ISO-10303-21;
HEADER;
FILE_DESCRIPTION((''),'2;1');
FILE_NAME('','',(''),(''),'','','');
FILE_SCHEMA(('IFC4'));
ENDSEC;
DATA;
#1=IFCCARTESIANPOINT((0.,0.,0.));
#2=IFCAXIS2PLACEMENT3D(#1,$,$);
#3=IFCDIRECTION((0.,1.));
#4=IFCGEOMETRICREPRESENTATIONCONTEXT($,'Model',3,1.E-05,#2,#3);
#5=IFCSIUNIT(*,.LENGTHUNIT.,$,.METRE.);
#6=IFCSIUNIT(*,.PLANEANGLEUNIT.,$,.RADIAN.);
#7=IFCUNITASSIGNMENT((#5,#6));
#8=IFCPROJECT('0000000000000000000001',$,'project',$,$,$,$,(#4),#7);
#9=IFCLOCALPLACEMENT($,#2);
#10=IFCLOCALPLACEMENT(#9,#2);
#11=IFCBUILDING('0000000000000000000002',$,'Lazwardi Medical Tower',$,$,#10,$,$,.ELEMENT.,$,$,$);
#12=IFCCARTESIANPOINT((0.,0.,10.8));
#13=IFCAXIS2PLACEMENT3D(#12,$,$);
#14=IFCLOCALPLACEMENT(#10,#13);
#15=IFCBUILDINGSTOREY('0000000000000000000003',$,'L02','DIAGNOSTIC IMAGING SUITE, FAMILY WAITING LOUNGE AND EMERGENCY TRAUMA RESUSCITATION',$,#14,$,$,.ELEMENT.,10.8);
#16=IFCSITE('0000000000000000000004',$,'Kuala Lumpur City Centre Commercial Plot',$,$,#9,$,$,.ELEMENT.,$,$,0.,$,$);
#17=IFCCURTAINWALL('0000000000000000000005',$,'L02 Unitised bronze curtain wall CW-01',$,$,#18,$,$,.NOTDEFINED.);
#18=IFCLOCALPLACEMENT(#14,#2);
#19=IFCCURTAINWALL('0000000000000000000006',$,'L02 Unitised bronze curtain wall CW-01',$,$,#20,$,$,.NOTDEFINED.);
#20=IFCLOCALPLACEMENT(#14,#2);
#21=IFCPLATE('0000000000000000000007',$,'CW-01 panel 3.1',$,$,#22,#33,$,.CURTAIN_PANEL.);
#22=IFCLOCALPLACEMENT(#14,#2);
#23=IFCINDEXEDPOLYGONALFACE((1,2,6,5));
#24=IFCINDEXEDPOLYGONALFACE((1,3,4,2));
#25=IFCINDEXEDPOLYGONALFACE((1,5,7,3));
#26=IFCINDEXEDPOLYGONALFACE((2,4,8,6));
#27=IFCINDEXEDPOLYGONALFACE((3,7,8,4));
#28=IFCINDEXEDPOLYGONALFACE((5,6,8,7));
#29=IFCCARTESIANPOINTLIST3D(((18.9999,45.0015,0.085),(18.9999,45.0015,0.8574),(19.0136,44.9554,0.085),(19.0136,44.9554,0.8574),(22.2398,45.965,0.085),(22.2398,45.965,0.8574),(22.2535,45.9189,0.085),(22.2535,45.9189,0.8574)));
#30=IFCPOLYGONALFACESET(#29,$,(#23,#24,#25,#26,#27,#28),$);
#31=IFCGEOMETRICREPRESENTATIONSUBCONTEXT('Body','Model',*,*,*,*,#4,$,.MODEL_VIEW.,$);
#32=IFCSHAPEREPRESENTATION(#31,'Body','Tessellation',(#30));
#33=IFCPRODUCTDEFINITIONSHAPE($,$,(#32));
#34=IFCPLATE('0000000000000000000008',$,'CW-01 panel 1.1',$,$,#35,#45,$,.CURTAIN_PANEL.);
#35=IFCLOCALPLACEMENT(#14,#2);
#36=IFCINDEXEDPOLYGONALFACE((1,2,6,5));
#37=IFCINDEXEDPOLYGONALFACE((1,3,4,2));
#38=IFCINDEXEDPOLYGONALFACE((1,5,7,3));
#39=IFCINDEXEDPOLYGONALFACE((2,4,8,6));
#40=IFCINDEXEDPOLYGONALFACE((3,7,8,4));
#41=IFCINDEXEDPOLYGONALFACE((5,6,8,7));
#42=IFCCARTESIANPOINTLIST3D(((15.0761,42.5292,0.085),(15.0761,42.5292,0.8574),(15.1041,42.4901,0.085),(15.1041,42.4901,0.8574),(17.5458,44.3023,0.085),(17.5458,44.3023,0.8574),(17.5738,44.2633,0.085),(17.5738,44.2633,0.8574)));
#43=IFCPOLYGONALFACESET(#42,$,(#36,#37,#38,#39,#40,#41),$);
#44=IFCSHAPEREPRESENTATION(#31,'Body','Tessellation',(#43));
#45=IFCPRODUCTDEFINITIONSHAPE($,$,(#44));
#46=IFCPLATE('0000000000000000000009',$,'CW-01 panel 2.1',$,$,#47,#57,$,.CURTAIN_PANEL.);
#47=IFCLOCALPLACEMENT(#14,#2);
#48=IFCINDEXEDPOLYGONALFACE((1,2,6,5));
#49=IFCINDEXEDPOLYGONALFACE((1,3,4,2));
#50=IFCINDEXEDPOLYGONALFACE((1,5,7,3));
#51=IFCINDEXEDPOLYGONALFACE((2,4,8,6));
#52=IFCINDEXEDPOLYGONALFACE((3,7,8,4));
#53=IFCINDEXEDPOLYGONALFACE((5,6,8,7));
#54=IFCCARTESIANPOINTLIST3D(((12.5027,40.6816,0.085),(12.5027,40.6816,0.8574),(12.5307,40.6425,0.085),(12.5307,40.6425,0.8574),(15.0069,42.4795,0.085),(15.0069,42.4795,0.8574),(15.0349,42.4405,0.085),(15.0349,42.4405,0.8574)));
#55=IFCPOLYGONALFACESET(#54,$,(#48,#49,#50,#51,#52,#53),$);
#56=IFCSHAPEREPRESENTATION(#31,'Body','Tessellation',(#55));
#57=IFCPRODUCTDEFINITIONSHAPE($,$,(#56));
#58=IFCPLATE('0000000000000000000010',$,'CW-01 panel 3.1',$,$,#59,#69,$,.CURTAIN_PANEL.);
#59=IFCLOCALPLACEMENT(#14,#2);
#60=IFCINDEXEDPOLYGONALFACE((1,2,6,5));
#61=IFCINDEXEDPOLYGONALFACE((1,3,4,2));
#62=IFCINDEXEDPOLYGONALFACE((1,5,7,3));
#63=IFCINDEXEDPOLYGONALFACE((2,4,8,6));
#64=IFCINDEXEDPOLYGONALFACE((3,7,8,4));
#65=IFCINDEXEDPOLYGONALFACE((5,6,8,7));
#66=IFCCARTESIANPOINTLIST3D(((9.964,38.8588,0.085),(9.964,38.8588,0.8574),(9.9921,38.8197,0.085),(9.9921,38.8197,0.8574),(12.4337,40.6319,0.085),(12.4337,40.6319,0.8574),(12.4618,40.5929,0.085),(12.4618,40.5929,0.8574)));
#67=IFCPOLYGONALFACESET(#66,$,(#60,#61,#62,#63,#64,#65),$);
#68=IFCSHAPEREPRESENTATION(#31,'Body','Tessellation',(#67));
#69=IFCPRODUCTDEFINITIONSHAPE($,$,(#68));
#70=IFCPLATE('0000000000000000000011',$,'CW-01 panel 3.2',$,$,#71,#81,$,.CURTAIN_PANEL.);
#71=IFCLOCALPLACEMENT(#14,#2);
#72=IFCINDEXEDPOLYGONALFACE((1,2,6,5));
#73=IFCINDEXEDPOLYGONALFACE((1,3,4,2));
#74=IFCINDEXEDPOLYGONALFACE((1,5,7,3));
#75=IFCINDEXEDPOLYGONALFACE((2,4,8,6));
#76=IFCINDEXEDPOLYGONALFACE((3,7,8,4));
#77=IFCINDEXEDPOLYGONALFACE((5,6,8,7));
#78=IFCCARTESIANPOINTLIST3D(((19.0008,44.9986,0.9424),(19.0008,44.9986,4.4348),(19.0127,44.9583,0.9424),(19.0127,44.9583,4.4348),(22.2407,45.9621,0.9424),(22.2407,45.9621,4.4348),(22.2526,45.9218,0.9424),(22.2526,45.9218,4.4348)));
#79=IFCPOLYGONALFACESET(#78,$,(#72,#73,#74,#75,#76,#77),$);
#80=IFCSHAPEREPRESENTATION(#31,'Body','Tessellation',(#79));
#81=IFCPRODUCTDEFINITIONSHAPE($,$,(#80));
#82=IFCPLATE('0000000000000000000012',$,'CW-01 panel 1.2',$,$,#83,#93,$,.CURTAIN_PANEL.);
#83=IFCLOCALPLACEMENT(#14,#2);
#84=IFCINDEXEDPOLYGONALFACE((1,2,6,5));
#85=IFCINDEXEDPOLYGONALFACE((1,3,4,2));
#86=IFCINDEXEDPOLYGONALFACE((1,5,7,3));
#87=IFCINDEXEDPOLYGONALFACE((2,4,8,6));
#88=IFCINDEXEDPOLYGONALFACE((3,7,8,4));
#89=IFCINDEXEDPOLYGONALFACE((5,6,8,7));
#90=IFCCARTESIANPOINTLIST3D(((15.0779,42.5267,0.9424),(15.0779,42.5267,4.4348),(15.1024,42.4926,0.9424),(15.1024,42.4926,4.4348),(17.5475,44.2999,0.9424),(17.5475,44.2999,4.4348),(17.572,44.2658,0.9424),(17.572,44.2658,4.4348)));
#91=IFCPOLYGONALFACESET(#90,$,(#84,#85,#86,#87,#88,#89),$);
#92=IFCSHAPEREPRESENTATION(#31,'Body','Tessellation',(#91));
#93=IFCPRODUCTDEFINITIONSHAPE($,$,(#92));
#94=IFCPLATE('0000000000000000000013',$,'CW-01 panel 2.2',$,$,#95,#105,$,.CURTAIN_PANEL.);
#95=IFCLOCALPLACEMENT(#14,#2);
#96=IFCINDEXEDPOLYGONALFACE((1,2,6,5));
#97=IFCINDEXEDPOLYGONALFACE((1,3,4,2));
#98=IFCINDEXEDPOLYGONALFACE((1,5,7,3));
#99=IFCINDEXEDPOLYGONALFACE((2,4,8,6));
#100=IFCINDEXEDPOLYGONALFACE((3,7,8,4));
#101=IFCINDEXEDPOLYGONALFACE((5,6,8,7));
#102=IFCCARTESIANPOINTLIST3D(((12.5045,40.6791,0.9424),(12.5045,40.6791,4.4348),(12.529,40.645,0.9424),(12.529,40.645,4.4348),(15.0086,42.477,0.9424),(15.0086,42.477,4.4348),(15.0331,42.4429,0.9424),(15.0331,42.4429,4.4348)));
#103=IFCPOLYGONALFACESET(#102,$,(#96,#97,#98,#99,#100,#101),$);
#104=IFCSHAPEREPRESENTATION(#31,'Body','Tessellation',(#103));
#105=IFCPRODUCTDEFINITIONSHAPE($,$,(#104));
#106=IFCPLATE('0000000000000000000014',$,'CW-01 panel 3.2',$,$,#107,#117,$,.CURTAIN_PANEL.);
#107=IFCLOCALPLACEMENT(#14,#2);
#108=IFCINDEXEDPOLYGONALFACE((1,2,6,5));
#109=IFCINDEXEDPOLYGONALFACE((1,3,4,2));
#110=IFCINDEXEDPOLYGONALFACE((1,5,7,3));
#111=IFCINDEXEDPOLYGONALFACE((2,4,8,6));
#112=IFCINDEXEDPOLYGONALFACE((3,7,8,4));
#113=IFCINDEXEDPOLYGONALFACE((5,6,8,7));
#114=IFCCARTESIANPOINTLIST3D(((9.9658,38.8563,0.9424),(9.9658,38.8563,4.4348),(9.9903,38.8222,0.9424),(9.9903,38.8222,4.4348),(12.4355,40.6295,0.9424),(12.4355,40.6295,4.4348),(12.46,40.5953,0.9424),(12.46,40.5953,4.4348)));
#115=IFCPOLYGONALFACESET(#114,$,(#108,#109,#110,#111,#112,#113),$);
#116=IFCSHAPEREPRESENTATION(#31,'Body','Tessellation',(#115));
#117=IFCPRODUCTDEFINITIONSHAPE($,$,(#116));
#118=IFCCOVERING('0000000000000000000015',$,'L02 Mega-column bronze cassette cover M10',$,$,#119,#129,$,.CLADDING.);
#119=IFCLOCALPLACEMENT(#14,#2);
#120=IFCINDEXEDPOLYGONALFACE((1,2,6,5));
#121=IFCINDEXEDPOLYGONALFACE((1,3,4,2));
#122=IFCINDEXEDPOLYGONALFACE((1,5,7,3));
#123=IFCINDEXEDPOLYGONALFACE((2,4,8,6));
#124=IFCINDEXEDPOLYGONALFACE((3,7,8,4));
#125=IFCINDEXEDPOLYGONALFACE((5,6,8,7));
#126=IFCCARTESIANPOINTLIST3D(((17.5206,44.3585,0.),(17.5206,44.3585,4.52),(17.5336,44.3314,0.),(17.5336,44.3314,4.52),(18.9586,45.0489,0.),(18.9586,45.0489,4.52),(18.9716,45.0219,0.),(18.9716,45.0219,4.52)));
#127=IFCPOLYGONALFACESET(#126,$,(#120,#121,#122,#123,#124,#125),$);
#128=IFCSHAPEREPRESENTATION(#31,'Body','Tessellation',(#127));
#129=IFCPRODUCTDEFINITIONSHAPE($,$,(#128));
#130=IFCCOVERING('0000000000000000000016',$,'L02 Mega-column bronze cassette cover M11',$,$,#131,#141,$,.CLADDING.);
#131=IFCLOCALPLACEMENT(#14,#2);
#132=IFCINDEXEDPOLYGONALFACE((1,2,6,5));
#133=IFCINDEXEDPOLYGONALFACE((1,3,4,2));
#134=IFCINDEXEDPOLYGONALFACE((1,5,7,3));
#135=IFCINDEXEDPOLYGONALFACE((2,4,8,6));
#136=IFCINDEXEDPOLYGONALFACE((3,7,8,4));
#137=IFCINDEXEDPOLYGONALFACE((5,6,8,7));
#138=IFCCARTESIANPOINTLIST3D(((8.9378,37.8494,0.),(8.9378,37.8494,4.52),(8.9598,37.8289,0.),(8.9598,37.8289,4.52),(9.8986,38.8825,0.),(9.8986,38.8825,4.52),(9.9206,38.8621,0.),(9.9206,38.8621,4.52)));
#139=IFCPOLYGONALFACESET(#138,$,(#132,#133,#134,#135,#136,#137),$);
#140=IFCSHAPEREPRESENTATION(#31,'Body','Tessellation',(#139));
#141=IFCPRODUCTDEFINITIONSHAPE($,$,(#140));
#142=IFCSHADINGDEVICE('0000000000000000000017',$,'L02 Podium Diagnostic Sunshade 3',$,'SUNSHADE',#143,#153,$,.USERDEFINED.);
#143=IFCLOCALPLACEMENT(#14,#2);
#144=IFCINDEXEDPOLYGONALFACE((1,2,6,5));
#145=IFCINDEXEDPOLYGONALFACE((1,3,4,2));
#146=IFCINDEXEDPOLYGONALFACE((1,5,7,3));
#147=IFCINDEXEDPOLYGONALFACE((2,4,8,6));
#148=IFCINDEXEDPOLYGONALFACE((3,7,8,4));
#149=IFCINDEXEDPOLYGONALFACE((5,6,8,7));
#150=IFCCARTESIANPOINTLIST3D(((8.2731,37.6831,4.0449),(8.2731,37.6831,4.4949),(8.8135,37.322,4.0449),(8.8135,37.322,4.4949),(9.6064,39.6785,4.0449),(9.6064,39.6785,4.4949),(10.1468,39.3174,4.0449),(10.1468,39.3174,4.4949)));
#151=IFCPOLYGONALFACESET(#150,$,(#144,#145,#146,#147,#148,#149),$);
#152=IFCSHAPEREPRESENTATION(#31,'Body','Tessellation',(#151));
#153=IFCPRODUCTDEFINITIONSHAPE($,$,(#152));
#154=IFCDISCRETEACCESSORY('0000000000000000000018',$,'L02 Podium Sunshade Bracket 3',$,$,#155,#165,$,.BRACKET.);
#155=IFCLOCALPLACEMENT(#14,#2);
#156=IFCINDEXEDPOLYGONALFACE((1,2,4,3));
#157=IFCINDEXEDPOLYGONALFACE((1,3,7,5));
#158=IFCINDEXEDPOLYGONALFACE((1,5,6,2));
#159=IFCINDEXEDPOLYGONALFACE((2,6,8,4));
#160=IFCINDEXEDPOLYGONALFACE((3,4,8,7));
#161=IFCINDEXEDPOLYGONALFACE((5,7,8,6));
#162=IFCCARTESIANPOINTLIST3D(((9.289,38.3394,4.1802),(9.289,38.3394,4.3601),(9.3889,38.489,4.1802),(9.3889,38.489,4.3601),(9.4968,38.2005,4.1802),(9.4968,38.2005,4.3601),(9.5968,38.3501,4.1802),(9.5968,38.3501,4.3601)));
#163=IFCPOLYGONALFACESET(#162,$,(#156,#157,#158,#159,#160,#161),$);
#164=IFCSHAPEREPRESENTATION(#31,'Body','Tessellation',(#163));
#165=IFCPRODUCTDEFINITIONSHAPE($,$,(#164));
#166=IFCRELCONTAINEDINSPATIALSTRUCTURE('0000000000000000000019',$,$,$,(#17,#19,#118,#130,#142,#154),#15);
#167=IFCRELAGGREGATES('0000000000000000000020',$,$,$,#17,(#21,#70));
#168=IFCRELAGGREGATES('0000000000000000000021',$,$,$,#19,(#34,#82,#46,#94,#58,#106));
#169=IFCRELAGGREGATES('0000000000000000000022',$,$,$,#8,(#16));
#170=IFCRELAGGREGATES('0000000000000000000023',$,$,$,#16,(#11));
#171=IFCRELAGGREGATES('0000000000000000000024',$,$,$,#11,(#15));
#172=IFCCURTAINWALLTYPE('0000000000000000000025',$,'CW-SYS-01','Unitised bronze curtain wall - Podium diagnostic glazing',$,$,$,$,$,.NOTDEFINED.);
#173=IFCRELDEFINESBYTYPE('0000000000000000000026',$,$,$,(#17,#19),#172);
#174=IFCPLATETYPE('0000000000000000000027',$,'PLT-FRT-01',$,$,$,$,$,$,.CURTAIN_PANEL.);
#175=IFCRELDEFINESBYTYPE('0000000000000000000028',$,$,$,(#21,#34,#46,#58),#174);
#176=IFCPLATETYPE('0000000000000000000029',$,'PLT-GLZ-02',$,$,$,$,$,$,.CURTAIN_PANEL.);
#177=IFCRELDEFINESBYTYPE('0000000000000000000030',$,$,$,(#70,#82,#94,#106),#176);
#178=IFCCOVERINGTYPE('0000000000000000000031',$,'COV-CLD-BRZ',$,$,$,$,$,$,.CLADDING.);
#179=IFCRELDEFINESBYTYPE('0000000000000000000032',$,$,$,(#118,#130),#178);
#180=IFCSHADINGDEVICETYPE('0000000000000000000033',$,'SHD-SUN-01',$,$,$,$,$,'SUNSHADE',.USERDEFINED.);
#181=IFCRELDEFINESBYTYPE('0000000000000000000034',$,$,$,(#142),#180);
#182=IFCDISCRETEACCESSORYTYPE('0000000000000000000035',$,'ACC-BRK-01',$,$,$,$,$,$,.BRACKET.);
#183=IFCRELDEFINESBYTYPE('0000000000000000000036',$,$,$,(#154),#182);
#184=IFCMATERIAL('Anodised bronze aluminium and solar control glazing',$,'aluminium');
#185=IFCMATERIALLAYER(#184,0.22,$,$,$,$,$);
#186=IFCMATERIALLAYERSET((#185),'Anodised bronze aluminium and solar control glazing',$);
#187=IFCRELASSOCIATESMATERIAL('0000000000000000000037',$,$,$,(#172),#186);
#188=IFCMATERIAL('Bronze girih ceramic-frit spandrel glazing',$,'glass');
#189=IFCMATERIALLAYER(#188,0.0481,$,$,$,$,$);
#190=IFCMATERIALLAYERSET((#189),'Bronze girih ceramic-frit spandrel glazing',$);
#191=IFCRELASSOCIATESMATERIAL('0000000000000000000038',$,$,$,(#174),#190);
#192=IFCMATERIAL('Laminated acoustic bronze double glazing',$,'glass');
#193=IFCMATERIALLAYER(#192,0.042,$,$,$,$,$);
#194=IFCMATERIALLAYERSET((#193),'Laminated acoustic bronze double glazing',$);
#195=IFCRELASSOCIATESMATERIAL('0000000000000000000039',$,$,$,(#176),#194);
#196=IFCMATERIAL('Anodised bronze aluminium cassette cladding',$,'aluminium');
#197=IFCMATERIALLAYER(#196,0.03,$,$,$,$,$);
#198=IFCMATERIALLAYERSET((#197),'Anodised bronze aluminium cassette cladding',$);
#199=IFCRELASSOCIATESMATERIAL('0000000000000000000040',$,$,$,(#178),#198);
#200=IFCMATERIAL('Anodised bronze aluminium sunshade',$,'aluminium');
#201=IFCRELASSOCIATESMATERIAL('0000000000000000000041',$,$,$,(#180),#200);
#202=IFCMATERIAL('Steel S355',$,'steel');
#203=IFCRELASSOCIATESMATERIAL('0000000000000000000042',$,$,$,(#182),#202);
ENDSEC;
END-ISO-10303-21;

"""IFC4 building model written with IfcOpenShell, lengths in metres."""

from ifc_helpers import new_model, si_unit, direction, frame, origin, origin_2d, place, context, subcontext, project, spatial, rectangle, extrude, material, layer, layer_set, type_object, element, aggregate, save


model = new_model("IFC4")

# Units and contexts
model_context = context("Model", 3, precision=1e-05, world=origin(), true_north=direction((0.0, 1.0)))
body_context = subcontext(model_context, "Body", "Model", "MODEL_VIEW")
ifc_project = project(units=[si_unit("LENGTHUNIT", "METRE"), si_unit("PLANEANGLEUNIT", "RADIAN")], contexts=[model_context])

# Site, building, storey
site_placement = place(None, origin())
site = spatial("IfcSite", under=ifc_project, at=site_placement, Name="Kuala Lumpur City Centre Commercial Plot", CompositionType="ELEMENT", RefElevation=0.0)
building_placement = place(site_placement, origin())
building = spatial("IfcBuilding", under=site, at=building_placement, Name="Lazwardi Medical Tower", CompositionType="ELEMENT")
storey_placement = place(building_placement, frame((0.0, 0.0, 10.8)))
storey = spatial("IfcBuildingStorey", under=building, at=storey_placement, Name="L02", Description="DIAGNOSTIC IMAGING SUITE, FAMILY WAITING LOUNGE AND EMERGENCY TRAUMA RESUSCITATION", CompositionType="ELEMENT", Elevation=10.8)

# Shared definitions
ifc_material_1 = material(Name="Steel S355", Category="steel")

# Curtain wall
ifc_material_2 = material(Name="Anodised bronze aluminium and solar control glazing", Category="aluminium")
ifc_layer_1 = layer(ifc_material_2, 0.22)
ifc_layer_set_1 = layer_set([ifc_layer_1], Name="Anodised bronze aluminium and solar control glazing")
curtain_wall_type = type_object("IfcCurtainWallType", Name="CW-SYS-01", Description="Unitised bronze curtain wall - Podium diagnostic glazing", PredefinedType="NOTDEFINED", material=ifc_layer_set_1)
curtain_wall_1_placement = place(storey_placement, origin())
curtain_wall_1 = element("IfcCurtainWall", 1, at=curtain_wall_1_placement, inside=storey, type_object=curtain_wall_type, Name="L02 Unitised bronze curtain wall CW-01", PredefinedType="NOTDEFINED")

# Curtain wall
curtain_wall_2_placement = place(storey_placement, origin())
curtain_wall_2 = element("IfcCurtainWall", 2, at=curtain_wall_2_placement, inside=storey, type_object=curtain_wall_type, Name="L02 Unitised bronze curtain wall CW-01", PredefinedType="NOTDEFINED")

# Plates
ifc_material_3 = material(Name="Bronze girih ceramic-frit spandrel glazing", Category="glass")
ifc_layer_2 = layer(ifc_material_3, 0.0481)
ifc_layer_set_2 = layer_set([ifc_layer_2], Name="Bronze girih ceramic-frit spandrel glazing")
plate_type_1 = type_object("IfcPlateType", Name="PLT-FRT-01", PredefinedType="CURTAIN_PANEL", material=ifc_layer_set_2)
plate_1_placement = place(storey_placement, frame((20.6267, 45.4602, 0.085), z_axis=(0.0, 0.0, 1.0), x_axis=(-0.958513, -0.285047, 0.0)))
plate_1 = element("IfcPlate", 3, at=plate_1_placement, type_object=plate_type_1, Name="CW-01 panel 3.1", PredefinedType="CURTAIN_PANEL", context=body_context, shape_type="SweptSolid", body=[
    extrude(rectangle(XDim=3.3801, YDim=0.0481, at=origin_2d()), origin(), (0.0, 0.0, 1.0), 0.7725),
])
plate_2_placement = place(storey_placement, frame((16.325, 43.3962, 0.085), z_axis=(0.0, 0.0, 1.0), x_axis=(-0.812318, -0.583214, 0.0)))
plate_2 = element("IfcPlate", 4, at=plate_2_placement, type_object=plate_type_1, Name="CW-01 panel 1.1", PredefinedType="CURTAIN_PANEL", context=body_context, shape_type="SweptSolid", body=[
    extrude(rectangle(XDim=3.0403, YDim=0.0481, at=origin_2d()), origin(), (0.0, 0.0, 1.0), 0.7725),
])
plate_3_placement = place(storey_placement, frame((13.7688, 41.561, 0.085), z_axis=(0.0, 0.0, 1.0), x_axis=(-0.812318, -0.583214, 0.0)))
plate_3 = element("IfcPlate", 5, at=plate_3_placement, type_object=plate_type_1, Name="CW-01 panel 2.1", PredefinedType="CURTAIN_PANEL", context=body_context, shape_type="SweptSolid", body=[
    extrude(rectangle(XDim=3.0828, YDim=0.0481, at=origin_2d()), origin(), (0.0, 0.0, 1.0), 0.7725),
])
plate_4_placement = place(storey_placement, frame((11.2129, 39.7258, 0.085), z_axis=(0.0, 0.0, 1.0), x_axis=(-0.812318, -0.583214, 0.0)))
plate_4 = element("IfcPlate", 6, at=plate_4_placement, type_object=plate_type_1, Name="CW-01 panel 3.1", PredefinedType="CURTAIN_PANEL", context=body_context, shape_type="SweptSolid", body=[
    extrude(rectangle(XDim=3.0403, YDim=0.0481, at=origin_2d()), origin(), (0.0, 0.0, 1.0), 0.7725),
])
ifc_material_4 = material(Name="Laminated acoustic bronze double glazing", Category="glass")
ifc_layer_3 = layer(ifc_material_4, 0.042)
ifc_layer_set_3 = layer_set([ifc_layer_3], Name="Laminated acoustic bronze double glazing")
plate_type_2 = type_object("IfcPlateType", Name="PLT-GLZ-02", PredefinedType="CURTAIN_PANEL", material=ifc_layer_set_3)
plate_5_placement = place(storey_placement, frame((20.6267, 45.4602, 0.9424), z_axis=(0.0, 0.0, 1.0), x_axis=(-0.958513, -0.285047, 0.0)))
plate_5 = element("IfcPlate", 7, at=plate_5_placement, type_object=plate_type_2, Name="CW-01 panel 3.2", PredefinedType="CURTAIN_PANEL", context=body_context, shape_type="SweptSolid", body=[
    extrude(rectangle(XDim=3.3801, YDim=0.042, at=origin_2d()), origin(), (0.0, 0.0, 1.0), 3.4924),
])
aggregate(curtain_wall_1, [plate_1, plate_5])
plate_6_placement = place(storey_placement, frame((16.325, 43.3962, 0.9424), z_axis=(0.0, 0.0, 1.0), x_axis=(-0.812318, -0.583214, 0.0)))
plate_6 = element("IfcPlate", 8, at=plate_6_placement, type_object=plate_type_2, Name="CW-01 panel 1.2", PredefinedType="CURTAIN_PANEL", context=body_context, shape_type="SweptSolid", body=[
    extrude(rectangle(XDim=3.0403, YDim=0.042, at=origin_2d()), origin(), (0.0, 0.0, 1.0), 3.4924),
])
plate_7_placement = place(storey_placement, frame((13.7688, 41.561, 0.9424), z_axis=(0.0, 0.0, 1.0), x_axis=(-0.812318, -0.583214, 0.0)))
plate_7 = element("IfcPlate", 9, at=plate_7_placement, type_object=plate_type_2, Name="CW-01 panel 2.2", PredefinedType="CURTAIN_PANEL", context=body_context, shape_type="SweptSolid", body=[
    extrude(rectangle(XDim=3.0828, YDim=0.042, at=origin_2d()), origin(), (0.0, 0.0, 1.0), 3.4924),
])
plate_8_placement = place(storey_placement, frame((11.2129, 39.7258, 0.9424), z_axis=(0.0, 0.0, 1.0), x_axis=(-0.812318, -0.583214, 0.0)))
plate_8 = element("IfcPlate", 10, at=plate_8_placement, type_object=plate_type_2, Name="CW-01 panel 3.2", PredefinedType="CURTAIN_PANEL", context=body_context, shape_type="SweptSolid", body=[
    extrude(rectangle(XDim=3.0403, YDim=0.042, at=origin_2d()), origin(), (0.0, 0.0, 1.0), 3.4924),
])
aggregate(curtain_wall_2, [plate_2, plate_6, plate_3, plate_7, plate_4, plate_8])

# Coverings
ifc_material_5 = material(Name="Anodised bronze aluminium cassette cladding", Category="aluminium")
ifc_layer_4 = layer(ifc_material_5, 0.03)
ifc_layer_set_4 = layer_set([ifc_layer_4], Name="Anodised bronze aluminium cassette cladding")
covering_type = type_object("IfcCoveringType", Name="COV-CLD-BRZ", PredefinedType="CLADDING", material=ifc_layer_set_4)
covering_1_placement = place(storey_placement, frame((18.2461, 44.6902, 0.0), z_axis=(0.0, 0.0, 1.0), x_axis=(-0.901484, -0.432813, 0.0)))
element("IfcCovering", 11, at=covering_1_placement, inside=storey, type_object=covering_type, Name="L02 Mega-column bronze cassette cover M10", PredefinedType="CLADDING", context=body_context, shape_type="SweptSolid", body=[
    extrude(rectangle(XDim=1.5952, YDim=0.03, at=origin_2d()), origin(), (0.0, 0.0, 1.0), 4.52),
])
covering_2_placement = place(storey_placement, frame((9.4292, 38.3557, 0.0), z_axis=(0.0, 0.0, 1.0), x_axis=(-0.681019, -0.732266, 0.0)))
element("IfcCovering", 12, at=covering_2_placement, inside=storey, type_object=covering_type, Name="L02 Mega-column bronze cassette cover M11", PredefinedType="CLADDING", context=body_context, shape_type="SweptSolid", body=[
    extrude(rectangle(XDim=1.4109, YDim=0.03, at=origin_2d()), origin(), (0.0, 0.0, 1.0), 4.52),
])

# Shading device
ifc_material_6 = material(Name="Anodised bronze aluminium sunshade", Category="aluminium")
shading_device_type = type_object("IfcShadingDeviceType", Name="SHD-SUN-01", ElementType="SUNSHADE", PredefinedType="USERDEFINED", material=ifc_material_6)
shading_device_placement = place(storey_placement, frame((9.21, 38.5002, 4.0449), z_axis=(0.0, 0.0, 1.0), x_axis=(-0.55557, -0.83147, 0.0)))
element("IfcShadingDevice", 13, at=shading_device_placement, inside=storey, type_object=shading_device_type, Name="L02 Podium Diagnostic Sunshade 3", ObjectType="SUNSHADE", PredefinedType="USERDEFINED", context=body_context, shape_type="SweptSolid", body=[
    extrude(rectangle(XDim=2.3999, YDim=0.6499, at=origin_2d()), origin(), (0.0, 0.0, 1.0), 0.45),
])

# Discrete accessory
discrete_accessory_type = type_object("IfcDiscreteAccessoryType", Name="ACC-BRK-01", PredefinedType="BRACKET", material=ifc_material_1)
discrete_accessory_placement = place(storey_placement, frame((9.4429, 38.3447, 4.1802), z_axis=(0.0, 0.0, 1.0), x_axis=(-0.55557, -0.83147, 0.0)))
element("IfcDiscreteAccessory", 14, at=discrete_accessory_placement, inside=storey, type_object=discrete_accessory_type, Name="L02 Podium Sunshade Bracket 3", PredefinedType="BRACKET", context=body_context, shape_type="SweptSolid", body=[
    extrude(rectangle(XDim=0.1799, YDim=0.25, at=origin_2d()), origin(), (0.0, 0.0, 1.0), 0.1799),
])

save(model, "model.ifc")
